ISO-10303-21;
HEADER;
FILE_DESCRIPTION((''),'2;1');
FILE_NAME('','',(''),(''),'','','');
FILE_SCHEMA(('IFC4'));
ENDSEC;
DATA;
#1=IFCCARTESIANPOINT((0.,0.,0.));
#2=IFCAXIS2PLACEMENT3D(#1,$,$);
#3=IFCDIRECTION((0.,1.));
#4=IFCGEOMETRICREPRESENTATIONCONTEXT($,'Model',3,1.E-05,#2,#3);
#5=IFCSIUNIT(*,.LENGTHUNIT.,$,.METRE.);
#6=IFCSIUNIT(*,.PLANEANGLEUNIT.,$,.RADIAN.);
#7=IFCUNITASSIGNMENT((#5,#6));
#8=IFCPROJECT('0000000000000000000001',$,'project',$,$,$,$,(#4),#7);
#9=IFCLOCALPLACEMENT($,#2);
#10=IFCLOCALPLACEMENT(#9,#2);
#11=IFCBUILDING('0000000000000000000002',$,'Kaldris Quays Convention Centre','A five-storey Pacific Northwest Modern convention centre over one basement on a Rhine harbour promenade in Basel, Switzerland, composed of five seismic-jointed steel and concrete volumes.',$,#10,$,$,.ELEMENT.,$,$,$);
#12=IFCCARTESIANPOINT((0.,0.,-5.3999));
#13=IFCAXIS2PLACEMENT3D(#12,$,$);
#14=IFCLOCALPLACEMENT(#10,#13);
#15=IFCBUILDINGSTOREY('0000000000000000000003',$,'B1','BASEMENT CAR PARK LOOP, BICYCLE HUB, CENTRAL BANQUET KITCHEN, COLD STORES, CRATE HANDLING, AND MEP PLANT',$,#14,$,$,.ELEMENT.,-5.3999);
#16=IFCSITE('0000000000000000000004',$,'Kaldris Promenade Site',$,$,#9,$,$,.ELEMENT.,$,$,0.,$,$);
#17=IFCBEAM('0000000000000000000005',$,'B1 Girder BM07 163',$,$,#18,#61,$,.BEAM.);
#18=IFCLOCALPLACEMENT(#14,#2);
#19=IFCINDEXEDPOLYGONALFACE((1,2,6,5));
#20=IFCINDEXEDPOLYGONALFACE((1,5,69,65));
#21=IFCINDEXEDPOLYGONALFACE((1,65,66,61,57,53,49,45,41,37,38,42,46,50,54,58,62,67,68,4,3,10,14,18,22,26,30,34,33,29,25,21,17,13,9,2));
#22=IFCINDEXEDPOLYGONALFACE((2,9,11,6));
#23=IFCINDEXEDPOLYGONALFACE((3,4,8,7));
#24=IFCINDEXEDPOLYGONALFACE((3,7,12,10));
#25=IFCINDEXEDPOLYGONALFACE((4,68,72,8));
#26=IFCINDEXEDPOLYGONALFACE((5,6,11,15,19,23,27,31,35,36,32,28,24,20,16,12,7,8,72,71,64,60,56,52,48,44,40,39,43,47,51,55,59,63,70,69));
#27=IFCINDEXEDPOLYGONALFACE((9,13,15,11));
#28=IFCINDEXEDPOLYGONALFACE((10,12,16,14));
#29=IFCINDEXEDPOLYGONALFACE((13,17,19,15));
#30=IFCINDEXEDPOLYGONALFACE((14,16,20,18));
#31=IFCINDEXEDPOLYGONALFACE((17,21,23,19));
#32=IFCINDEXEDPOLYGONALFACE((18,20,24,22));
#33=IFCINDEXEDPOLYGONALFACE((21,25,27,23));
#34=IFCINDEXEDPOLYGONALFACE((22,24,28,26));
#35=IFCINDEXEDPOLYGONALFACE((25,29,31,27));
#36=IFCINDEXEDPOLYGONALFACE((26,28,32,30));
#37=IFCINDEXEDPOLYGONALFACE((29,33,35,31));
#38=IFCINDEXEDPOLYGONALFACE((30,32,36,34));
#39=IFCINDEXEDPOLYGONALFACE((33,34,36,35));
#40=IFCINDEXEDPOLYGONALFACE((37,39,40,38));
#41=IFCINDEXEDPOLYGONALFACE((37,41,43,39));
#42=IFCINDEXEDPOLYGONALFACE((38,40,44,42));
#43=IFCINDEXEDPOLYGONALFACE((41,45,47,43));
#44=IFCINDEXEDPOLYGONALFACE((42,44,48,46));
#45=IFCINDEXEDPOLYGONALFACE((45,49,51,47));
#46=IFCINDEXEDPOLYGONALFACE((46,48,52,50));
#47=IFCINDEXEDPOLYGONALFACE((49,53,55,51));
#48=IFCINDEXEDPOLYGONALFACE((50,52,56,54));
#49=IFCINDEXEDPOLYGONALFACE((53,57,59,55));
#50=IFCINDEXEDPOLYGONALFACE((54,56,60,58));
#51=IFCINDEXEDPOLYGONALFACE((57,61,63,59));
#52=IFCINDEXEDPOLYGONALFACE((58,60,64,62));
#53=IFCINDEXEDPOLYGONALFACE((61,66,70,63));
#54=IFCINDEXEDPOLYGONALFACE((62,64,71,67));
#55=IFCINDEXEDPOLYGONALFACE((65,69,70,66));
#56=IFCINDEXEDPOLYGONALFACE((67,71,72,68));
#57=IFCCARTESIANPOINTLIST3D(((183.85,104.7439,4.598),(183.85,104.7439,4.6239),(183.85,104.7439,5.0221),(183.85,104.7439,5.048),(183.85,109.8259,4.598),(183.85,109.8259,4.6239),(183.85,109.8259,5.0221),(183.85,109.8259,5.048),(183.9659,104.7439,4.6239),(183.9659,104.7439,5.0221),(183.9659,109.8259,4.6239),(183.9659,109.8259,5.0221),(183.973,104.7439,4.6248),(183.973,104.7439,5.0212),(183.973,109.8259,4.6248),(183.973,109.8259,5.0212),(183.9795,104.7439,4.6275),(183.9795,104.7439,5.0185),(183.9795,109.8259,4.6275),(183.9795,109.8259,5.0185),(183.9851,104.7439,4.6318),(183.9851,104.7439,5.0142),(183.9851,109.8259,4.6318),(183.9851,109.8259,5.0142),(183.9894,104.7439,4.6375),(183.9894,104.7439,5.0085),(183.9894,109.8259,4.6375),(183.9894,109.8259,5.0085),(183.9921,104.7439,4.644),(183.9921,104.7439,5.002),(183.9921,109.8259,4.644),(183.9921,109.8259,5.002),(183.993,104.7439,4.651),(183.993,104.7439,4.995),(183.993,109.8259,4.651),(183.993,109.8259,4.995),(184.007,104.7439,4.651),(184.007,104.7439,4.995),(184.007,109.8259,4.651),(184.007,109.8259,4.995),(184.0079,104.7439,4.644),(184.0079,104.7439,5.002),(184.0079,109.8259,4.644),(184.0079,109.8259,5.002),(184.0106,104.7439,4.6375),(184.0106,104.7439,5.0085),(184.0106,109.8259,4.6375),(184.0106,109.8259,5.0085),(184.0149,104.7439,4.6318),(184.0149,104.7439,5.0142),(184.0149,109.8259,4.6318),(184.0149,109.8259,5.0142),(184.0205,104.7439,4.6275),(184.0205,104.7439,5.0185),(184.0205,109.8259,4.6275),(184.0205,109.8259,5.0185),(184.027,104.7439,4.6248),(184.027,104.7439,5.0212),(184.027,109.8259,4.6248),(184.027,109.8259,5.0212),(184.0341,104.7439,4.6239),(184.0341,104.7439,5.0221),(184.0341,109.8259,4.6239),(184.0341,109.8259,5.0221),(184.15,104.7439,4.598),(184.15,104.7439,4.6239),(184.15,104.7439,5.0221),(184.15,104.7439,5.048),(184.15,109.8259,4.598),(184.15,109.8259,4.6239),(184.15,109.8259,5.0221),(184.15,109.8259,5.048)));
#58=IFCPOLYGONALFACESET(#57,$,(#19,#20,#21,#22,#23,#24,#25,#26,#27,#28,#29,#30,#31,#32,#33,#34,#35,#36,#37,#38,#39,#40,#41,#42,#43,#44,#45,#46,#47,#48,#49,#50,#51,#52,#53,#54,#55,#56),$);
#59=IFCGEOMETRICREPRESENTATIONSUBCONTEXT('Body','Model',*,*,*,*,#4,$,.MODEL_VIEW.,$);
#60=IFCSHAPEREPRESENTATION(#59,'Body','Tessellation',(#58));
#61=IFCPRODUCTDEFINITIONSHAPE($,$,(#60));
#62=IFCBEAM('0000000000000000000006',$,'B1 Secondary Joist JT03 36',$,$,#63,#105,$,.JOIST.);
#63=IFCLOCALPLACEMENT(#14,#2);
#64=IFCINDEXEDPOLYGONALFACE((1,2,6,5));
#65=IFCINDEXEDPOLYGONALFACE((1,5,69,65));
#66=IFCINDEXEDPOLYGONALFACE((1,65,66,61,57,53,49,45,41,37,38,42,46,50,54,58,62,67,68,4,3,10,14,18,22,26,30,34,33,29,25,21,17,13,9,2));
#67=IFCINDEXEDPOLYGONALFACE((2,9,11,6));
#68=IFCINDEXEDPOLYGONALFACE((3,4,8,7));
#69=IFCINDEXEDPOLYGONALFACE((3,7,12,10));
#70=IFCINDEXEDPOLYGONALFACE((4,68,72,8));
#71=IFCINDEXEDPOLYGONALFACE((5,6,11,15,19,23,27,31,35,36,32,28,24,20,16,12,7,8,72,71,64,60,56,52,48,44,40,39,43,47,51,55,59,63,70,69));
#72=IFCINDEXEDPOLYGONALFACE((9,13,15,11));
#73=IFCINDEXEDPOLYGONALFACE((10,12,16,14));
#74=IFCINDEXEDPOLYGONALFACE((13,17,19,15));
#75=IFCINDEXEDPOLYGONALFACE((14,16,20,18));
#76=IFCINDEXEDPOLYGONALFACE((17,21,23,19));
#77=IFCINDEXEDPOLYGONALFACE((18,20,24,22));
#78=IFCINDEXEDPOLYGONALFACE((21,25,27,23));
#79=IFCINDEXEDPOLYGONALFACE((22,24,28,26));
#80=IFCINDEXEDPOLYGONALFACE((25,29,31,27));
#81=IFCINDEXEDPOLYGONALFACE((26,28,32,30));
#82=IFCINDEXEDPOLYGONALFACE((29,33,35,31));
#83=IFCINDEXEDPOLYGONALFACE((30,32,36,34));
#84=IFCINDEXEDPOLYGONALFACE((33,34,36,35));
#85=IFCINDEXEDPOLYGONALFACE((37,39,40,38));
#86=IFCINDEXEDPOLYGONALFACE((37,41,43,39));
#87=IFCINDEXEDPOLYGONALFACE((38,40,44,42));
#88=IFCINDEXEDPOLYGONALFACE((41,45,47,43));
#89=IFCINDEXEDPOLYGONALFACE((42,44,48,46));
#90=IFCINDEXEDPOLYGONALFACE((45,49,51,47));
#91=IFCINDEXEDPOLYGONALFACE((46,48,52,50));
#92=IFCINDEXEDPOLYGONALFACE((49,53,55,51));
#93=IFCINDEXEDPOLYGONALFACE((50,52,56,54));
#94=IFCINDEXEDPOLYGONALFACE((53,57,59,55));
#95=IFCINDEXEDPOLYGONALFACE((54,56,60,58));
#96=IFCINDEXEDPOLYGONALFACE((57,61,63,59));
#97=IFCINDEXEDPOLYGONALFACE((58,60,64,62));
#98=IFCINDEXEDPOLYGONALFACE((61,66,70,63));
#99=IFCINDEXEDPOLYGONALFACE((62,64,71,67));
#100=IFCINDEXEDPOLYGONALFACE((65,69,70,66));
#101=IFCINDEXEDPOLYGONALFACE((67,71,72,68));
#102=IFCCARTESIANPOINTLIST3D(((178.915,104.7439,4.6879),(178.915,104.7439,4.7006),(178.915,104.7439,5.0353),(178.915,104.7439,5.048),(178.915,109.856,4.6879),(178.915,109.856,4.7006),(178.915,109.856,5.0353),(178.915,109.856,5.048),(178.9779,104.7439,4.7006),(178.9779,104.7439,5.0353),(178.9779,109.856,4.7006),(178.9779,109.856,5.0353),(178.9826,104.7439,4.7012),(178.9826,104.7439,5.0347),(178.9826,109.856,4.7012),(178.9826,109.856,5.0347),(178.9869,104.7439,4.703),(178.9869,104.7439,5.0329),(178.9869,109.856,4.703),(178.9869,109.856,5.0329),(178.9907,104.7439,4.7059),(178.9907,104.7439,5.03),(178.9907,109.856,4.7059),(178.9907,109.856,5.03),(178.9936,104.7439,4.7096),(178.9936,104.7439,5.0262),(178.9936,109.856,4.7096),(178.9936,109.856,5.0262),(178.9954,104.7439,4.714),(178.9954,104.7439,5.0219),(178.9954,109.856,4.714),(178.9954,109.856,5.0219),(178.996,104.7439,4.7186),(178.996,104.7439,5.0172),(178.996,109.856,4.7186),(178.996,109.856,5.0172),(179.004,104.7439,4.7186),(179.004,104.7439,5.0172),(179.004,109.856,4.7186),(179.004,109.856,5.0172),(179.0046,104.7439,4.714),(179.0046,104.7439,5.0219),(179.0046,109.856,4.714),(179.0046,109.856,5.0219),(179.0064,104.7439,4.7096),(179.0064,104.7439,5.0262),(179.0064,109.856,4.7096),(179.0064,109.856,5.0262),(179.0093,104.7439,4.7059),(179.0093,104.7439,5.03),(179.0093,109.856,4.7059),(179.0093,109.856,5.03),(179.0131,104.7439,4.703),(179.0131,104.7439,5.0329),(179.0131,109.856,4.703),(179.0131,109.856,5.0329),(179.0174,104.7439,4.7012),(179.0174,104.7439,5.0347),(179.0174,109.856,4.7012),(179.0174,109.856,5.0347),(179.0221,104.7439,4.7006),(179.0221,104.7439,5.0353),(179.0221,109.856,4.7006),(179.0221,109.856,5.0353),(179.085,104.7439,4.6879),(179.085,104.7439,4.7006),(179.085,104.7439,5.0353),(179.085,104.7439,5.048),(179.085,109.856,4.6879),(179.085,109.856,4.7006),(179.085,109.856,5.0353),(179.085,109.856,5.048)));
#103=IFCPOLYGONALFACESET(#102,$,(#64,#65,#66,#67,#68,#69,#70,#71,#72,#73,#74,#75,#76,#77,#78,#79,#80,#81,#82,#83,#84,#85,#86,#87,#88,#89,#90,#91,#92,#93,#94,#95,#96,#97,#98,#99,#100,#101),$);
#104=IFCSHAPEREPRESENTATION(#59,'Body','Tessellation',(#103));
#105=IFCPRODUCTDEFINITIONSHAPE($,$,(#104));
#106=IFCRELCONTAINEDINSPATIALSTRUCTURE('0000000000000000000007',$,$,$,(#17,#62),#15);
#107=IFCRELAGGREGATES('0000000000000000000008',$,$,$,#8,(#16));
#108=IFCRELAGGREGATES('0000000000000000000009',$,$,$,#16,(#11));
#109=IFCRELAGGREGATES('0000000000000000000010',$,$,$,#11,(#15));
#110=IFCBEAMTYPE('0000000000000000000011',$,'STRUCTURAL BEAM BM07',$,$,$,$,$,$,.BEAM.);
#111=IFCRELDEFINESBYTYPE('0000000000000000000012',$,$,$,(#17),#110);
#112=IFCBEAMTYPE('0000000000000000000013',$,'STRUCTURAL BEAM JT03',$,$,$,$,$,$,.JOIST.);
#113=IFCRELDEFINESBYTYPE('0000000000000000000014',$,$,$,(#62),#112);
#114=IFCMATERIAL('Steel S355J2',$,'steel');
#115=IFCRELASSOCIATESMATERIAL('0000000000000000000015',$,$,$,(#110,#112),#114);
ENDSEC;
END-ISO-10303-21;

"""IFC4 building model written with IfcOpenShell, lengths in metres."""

from ifc_helpers import new_model, si_unit, direction, frame, origin, origin_2d, place, context, subcontext, project, spatial, i_section, extrude, material, material_profile, profile_set, type_object, element, save


model = new_model("IFC4")

# Units and contexts
model_context = context("Model", 3, precision=1e-05, world=origin(), true_north=direction((0.0, 1.0)))
body_context = subcontext(model_context, "Body", "Model", "MODEL_VIEW")
ifc_project = project(units=[si_unit("LENGTHUNIT", "METRE"), si_unit("PLANEANGLEUNIT", "RADIAN")], contexts=[model_context])

# Site, building, storey
site_placement = place(None, origin())
site = spatial("IfcSite", under=ifc_project, at=site_placement, Name="Kaldris Promenade Site", CompositionType="ELEMENT", RefElevation=0.0)
building_placement = place(site_placement, origin())
building = spatial("IfcBuilding", under=site, at=building_placement, Name="Kaldris Quays Convention Centre", Description="A five-storey Pacific Northwest Modern convention centre over one basement on a Rhine harbour promenade in Basel, Switzerland, composed of five seismic-jointed steel and concrete volumes.", CompositionType="ELEMENT")
storey_placement = place(building_placement, frame((0.0, 0.0, -5.3999)))
storey = spatial("IfcBuildingStorey", under=building, at=storey_placement, Name="B1", Description="BASEMENT CAR PARK LOOP, BICYCLE HUB, CENTRAL BANQUET KITCHEN, COLD STORES, CRATE HANDLING, AND MEP PLANT", CompositionType="ELEMENT", Elevation=-5.3999)

# Shared definitions
ifc_material_1 = material(Name="Steel S355J2", Category="steel")

# Beams
ifc_material_profile_1 = material_profile(ifc_material_1, i_section(OverallWidth=0.3, OverallDepth=0.45, WebThickness=0.0139, FlangeThickness=0.0259, FilletRadius=0.0271, at=origin_2d()), Name="HEB 450")
ifc_profile_set_1 = profile_set([ifc_material_profile_1], Name="Steel S355J2")
beam_type_1 = type_object("IfcBeamType", Name="STRUCTURAL BEAM BM07", PredefinedType="BEAM", material=ifc_profile_set_1)
beam_1_placement = place(storey_placement, frame((184.0, 104.7439, 4.823), z_axis=(0.0, 1.0, 0.0), x_axis=(-1.0, 0.0, 0.0)))
element("IfcBeam", 1, at=beam_1_placement, inside=storey, type_object=beam_type_1, Name="B1 Girder BM07 163", PredefinedType="BEAM", context=body_context, shape_type="SweptSolid", body=[
    extrude(i_section(OverallWidth=0.3, OverallDepth=0.45, WebThickness=0.0139, FlangeThickness=0.0259, FilletRadius=0.0271, at=origin_2d()), origin(), (0.0, 0.0, 1.0), 5.082),
])
ifc_material_profile_2 = material_profile(ifc_material_1, i_section(OverallWidth=0.1699, OverallDepth=0.3601, WebThickness=0.0081, FlangeThickness=0.0127, FilletRadius=0.0181, at=origin_2d()), Name="IPE 360")
ifc_profile_set_2 = profile_set([ifc_material_profile_2], Name="Steel S355J2")
beam_type_2 = type_object("IfcBeamType", Name="STRUCTURAL BEAM JT03", PredefinedType="JOIST", material=ifc_profile_set_2)
beam_2_placement = place(storey_placement, frame((179.0, 104.7439, 4.8679), z_axis=(0.0, 1.0, 0.0), x_axis=(-1.0, 0.0, 0.0)))
element("IfcBeam", 2, at=beam_2_placement, inside=storey, type_object=beam_type_2, Name="B1 Secondary Joist JT03 36", PredefinedType="JOIST", context=body_context, shape_type="SweptSolid", body=[
    extrude(i_section(OverallWidth=0.1699, OverallDepth=0.3601, WebThickness=0.0081, FlangeThickness=0.0127, FilletRadius=0.0181, at=origin_2d()), origin(), (0.0, 0.0, 1.0), 5.1121),
])

save(model, "model.ifc")
